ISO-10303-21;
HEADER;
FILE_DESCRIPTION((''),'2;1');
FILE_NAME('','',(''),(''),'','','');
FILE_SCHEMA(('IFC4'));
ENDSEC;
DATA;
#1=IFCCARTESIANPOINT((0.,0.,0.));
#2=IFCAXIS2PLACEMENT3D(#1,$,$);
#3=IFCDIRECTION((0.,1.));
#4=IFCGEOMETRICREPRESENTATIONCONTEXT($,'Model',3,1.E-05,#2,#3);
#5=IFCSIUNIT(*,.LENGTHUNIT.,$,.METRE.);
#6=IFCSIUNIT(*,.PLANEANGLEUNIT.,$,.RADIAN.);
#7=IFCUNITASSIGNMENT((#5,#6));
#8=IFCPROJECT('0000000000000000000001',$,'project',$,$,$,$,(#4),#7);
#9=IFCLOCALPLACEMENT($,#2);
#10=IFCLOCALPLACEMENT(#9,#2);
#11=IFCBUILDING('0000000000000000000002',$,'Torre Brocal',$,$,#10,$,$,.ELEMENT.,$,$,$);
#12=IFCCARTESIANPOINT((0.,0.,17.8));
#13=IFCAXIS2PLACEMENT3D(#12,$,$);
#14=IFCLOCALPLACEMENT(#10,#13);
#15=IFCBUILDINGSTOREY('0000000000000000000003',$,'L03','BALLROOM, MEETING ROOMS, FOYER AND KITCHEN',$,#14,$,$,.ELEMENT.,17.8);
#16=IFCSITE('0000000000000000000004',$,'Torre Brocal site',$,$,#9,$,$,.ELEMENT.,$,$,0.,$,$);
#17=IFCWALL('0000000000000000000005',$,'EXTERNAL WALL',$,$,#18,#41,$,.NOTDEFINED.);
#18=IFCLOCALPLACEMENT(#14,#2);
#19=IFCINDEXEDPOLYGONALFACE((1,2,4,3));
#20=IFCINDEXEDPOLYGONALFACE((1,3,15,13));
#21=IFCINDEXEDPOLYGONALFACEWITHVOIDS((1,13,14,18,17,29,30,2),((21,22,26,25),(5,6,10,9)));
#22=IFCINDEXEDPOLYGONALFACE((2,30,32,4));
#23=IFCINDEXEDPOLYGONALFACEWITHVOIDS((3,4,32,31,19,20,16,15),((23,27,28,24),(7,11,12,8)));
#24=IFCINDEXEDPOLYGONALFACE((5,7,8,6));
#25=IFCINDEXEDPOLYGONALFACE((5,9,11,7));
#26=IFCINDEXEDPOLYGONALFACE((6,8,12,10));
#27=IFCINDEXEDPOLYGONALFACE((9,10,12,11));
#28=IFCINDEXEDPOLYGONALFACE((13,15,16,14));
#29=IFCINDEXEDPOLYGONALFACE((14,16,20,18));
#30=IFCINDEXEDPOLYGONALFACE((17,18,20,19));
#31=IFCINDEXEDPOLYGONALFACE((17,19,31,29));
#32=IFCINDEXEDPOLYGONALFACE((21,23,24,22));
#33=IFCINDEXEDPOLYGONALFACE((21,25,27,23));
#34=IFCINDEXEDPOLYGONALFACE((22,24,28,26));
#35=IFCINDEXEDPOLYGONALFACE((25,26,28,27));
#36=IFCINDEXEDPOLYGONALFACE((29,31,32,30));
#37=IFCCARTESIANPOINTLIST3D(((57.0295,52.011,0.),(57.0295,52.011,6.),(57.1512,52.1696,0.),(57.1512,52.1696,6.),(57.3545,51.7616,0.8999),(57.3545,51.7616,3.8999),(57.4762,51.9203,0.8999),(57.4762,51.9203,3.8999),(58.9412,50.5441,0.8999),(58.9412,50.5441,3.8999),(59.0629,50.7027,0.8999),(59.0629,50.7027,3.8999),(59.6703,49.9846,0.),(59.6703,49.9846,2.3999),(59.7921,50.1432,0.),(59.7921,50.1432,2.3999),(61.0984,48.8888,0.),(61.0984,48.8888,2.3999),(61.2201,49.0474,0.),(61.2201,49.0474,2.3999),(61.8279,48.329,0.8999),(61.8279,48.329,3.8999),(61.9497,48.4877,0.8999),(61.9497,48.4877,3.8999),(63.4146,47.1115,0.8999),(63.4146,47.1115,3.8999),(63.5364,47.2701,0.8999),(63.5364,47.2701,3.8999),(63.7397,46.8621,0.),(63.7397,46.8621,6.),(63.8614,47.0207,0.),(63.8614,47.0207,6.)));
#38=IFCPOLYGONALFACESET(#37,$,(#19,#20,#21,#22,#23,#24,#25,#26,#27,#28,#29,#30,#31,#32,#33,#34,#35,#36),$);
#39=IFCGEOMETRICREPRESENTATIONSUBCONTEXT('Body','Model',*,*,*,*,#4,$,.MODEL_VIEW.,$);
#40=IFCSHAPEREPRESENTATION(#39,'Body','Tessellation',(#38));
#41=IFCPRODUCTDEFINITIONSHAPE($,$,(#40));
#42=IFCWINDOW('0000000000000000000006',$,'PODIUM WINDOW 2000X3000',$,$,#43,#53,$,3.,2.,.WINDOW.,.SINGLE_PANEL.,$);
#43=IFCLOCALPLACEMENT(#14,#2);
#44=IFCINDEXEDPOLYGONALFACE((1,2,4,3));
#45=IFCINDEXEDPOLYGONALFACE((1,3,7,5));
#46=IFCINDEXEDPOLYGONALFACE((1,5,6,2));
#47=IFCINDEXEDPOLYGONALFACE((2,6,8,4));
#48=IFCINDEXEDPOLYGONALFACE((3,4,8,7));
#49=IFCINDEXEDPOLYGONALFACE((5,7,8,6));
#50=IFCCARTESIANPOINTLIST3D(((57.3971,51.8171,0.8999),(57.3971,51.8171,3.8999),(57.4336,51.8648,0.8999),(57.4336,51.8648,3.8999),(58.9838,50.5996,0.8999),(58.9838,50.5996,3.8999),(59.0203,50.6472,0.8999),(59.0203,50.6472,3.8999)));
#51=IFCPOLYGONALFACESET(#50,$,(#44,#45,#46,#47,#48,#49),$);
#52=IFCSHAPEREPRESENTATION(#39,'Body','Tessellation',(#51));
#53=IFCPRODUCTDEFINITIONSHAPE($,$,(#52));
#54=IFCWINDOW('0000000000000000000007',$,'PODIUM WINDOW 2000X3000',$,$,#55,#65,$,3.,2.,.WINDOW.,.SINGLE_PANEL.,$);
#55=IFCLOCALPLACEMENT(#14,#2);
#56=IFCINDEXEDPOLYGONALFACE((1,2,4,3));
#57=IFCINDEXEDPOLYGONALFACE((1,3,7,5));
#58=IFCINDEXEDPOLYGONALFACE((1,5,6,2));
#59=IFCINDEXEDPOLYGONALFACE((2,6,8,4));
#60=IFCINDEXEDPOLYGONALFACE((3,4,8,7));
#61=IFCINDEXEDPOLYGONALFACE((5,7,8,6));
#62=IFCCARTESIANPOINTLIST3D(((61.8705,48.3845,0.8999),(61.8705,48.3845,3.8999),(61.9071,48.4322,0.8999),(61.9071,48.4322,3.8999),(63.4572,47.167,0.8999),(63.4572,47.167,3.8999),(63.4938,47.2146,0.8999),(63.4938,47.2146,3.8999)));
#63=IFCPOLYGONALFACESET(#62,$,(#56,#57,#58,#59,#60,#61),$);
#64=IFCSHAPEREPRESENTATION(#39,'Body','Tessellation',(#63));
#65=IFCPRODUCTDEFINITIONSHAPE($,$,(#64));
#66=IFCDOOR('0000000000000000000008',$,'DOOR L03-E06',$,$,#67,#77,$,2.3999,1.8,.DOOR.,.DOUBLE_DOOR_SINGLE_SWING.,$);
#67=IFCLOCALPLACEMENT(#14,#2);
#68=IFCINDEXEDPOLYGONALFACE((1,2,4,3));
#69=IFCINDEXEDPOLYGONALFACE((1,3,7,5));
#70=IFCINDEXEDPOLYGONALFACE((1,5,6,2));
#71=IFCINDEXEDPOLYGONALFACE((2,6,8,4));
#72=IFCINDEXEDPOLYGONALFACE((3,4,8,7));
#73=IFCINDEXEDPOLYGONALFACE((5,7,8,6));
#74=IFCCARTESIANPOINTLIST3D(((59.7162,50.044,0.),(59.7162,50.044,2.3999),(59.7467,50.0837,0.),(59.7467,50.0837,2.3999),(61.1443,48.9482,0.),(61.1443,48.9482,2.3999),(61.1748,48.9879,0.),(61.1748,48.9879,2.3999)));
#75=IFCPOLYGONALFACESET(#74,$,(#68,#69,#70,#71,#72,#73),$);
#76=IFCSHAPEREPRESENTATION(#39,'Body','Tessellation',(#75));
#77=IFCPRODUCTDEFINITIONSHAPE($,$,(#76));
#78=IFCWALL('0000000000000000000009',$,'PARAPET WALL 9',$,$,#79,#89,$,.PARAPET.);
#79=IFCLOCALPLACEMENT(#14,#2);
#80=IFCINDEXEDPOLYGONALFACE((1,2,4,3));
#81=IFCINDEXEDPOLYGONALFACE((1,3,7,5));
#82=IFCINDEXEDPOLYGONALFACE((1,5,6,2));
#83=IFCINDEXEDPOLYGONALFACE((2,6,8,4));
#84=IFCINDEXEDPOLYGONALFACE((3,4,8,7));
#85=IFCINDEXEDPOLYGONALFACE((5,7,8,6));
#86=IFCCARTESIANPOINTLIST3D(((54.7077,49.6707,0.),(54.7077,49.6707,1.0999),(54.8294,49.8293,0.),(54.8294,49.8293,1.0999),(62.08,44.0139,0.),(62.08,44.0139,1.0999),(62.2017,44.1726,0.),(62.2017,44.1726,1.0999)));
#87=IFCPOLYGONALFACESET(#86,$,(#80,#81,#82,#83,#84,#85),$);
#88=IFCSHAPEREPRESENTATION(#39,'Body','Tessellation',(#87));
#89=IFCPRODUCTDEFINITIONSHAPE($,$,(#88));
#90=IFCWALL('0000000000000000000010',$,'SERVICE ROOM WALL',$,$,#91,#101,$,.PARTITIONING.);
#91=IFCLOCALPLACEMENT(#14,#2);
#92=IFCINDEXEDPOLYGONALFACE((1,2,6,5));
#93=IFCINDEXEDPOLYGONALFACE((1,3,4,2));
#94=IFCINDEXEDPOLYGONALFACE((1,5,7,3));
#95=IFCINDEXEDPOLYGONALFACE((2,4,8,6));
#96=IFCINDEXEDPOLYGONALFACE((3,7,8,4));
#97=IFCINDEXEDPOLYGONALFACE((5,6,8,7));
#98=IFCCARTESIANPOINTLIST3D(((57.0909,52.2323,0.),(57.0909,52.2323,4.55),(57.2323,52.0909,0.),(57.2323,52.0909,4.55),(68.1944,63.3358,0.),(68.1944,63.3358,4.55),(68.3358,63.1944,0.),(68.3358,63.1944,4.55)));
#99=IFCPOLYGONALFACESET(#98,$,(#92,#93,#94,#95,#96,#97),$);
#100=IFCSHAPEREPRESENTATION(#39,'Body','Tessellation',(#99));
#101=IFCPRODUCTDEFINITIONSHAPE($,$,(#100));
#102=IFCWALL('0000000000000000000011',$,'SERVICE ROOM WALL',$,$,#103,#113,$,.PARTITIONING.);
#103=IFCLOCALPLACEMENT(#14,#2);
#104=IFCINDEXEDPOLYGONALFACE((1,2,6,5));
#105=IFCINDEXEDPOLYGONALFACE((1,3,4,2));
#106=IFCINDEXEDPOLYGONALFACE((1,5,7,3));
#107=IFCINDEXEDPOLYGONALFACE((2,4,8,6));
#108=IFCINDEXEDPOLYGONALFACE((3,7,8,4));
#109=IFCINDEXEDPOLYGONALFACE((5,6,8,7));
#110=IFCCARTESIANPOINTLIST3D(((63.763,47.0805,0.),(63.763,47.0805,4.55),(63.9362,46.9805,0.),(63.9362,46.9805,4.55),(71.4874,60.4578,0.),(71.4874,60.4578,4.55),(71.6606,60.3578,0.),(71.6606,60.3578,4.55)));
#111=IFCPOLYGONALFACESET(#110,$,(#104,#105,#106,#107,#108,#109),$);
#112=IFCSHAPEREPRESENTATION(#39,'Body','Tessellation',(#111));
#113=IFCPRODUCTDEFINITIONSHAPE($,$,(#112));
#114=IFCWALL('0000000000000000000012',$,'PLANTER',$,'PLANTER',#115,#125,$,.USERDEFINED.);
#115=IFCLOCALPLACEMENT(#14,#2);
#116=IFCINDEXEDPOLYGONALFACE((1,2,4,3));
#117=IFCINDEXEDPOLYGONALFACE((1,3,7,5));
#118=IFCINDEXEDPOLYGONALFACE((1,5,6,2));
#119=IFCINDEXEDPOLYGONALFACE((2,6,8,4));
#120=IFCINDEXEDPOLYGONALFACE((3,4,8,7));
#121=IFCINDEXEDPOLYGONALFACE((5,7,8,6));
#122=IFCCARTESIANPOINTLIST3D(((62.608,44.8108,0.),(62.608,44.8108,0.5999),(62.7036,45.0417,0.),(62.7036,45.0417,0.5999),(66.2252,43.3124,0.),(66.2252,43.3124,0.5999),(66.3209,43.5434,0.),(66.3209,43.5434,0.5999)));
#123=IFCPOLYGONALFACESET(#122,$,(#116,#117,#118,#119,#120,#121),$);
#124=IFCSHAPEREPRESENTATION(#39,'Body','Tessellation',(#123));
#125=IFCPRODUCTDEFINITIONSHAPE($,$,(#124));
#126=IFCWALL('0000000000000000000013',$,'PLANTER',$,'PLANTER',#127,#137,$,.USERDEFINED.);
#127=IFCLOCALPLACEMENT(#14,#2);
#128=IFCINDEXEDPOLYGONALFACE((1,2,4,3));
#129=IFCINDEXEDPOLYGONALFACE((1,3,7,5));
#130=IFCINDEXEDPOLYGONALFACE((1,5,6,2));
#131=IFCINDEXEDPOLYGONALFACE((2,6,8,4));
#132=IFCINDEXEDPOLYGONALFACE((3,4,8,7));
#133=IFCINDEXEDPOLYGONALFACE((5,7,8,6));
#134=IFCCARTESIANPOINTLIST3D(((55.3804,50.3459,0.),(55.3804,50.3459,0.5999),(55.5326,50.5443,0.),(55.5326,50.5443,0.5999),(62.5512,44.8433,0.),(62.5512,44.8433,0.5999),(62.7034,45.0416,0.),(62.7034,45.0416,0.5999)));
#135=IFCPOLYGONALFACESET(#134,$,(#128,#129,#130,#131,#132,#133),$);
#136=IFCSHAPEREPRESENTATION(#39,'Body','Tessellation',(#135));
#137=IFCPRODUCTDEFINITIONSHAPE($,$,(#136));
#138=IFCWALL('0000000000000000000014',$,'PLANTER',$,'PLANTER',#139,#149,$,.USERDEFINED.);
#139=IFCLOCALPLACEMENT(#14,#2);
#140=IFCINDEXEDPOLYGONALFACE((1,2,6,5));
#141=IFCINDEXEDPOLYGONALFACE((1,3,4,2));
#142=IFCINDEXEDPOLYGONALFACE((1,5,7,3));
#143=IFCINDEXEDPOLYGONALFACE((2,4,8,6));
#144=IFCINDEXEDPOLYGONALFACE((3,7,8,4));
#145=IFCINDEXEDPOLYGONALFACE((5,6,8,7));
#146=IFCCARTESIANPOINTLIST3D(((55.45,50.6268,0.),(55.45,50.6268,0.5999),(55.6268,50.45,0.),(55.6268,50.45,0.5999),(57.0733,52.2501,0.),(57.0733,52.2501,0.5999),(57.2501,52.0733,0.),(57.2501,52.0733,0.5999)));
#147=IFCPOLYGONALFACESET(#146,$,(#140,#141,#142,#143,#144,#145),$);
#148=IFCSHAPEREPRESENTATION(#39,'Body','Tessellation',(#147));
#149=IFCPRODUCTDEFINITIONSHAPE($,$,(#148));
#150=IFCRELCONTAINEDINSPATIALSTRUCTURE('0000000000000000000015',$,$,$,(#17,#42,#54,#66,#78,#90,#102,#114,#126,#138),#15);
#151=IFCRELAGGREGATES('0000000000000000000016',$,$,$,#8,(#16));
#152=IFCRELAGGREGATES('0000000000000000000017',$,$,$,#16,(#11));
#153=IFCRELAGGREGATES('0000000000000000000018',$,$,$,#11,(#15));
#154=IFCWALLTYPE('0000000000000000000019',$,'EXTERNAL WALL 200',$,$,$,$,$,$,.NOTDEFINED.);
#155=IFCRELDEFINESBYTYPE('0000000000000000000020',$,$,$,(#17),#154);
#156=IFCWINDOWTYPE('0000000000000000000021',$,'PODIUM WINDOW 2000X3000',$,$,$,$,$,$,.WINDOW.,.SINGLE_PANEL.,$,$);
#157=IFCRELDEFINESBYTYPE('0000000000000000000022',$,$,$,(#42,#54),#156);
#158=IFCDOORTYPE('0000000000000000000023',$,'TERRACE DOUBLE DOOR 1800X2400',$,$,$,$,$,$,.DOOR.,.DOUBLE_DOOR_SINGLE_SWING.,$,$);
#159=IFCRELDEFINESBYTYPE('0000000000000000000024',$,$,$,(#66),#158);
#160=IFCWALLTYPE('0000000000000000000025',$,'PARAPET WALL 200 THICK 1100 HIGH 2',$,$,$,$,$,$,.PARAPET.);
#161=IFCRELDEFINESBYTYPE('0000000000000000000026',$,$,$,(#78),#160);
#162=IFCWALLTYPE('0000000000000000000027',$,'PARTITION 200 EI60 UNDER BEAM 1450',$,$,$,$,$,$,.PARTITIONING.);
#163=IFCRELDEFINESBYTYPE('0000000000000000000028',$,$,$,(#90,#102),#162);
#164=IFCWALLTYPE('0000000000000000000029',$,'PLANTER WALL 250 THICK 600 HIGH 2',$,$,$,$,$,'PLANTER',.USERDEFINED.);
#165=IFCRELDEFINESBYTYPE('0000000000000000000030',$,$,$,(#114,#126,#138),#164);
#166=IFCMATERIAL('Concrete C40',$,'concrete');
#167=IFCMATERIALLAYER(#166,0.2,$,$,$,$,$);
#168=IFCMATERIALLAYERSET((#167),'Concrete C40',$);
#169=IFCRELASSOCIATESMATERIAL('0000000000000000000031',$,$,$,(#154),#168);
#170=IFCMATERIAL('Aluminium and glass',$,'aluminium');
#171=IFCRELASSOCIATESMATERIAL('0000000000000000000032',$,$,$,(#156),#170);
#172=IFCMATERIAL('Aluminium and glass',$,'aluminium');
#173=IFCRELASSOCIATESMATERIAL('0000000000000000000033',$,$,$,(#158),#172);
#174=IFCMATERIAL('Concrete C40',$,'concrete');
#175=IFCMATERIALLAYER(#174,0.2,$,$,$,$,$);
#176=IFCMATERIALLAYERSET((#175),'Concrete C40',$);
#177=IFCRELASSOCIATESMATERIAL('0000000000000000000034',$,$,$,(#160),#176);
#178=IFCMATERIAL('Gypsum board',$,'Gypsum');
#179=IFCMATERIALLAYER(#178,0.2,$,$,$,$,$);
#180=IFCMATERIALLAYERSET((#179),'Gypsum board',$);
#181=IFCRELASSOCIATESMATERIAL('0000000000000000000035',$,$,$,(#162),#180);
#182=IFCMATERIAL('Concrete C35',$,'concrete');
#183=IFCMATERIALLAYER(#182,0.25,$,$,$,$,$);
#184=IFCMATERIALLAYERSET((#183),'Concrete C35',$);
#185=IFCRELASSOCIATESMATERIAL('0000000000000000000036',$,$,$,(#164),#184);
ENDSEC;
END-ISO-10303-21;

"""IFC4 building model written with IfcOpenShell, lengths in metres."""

from ifc_helpers import new_model, si_unit, direction, frame, frame_2d, origin, place, context, subcontext, project, spatial, rectangle, extrude, material, layer, layer_set, type_object, element, fill, save


model = new_model("IFC4")

# Units and contexts
model_context = context("Model", 3, precision=1e-05, world=origin(), true_north=direction((0.0, 1.0)))
body_context = subcontext(model_context, "Body", "Model", "MODEL_VIEW")
ifc_project = project(units=[si_unit("LENGTHUNIT", "METRE"), si_unit("PLANEANGLEUNIT", "RADIAN")], contexts=[model_context])

# Site, building, storey
site_placement = place(None, origin())
site = spatial("IfcSite", under=ifc_project, at=site_placement, Name="Torre Brocal site", CompositionType="ELEMENT", RefElevation=0.0)
building_placement = place(site_placement, origin())
building = spatial("IfcBuilding", under=site, at=building_placement, Name="Torre Brocal", CompositionType="ELEMENT")
storey_placement = place(building_placement, frame((0.0, 0.0, 17.8)))
storey = spatial("IfcBuildingStorey", under=building, at=storey_placement, Name="L03", Description="BALLROOM, MEETING ROOMS, FOYER AND KITCHEN", CompositionType="ELEMENT", Elevation=17.8)

# Wall, openings, windows, door
ifc_material_1 = material(Name="Concrete C40", Category="concrete")
ifc_layer_1 = layer(ifc_material_1, 0.2)
ifc_layer_set_1 = layer_set([ifc_layer_1], Name="Concrete C40")
wall_type_1 = type_object("IfcWallType", Name="EXTERNAL WALL 200", PredefinedType="NOTDEFINED", material=ifc_layer_set_1)
wall_1_placement = place(storey_placement, frame((57.0903, 52.0903, 0.0), z_axis=(0.0, 0.0, 1.0), x_axis=(0.793353, -0.608762, 0.0)))
wall_1 = element("IfcWall", 1, at=wall_1_placement, inside=storey, type_object=wall_type_1, Name="EXTERNAL WALL", PredefinedType="NOTDEFINED", context=body_context, shape_type="SweptSolid", body=[
    extrude(rectangle(XDim=8.458, YDim=0.2, at=frame_2d((4.229, 0.0))), origin(), (0.0, 0.0, 1.0), 6.0),
])
opening_1_placement = place(wall_1_placement, frame((0.4097, 0.0, 0.8999)))
opening_1 = element("IfcOpeningElement", 2, at=opening_1_placement, cuts=wall_1, PredefinedType="OPENING", context=body_context, shape_type="SweptSolid", body=[
    extrude(rectangle(XDim=2.0, YDim=3.0, at=frame_2d((1.0, 1.5))), frame((0.0, 0.1099, 0.0), z_axis=(0.0, -1.0, 0.0), x_axis=(1.0, 0.0, 0.0)), (0.0, 0.0, 1.0), 0.22),
])
opening_2_placement = place(wall_1_placement, frame((3.3289, 0.0, 0.0)))
opening_2 = element("IfcOpeningElement", 3, at=opening_2_placement, cuts=wall_1, PredefinedType="OPENING", context=body_context, shape_type="SweptSolid", body=[
    extrude(rectangle(XDim=1.8, YDim=2.3999, at=frame_2d((0.8999, 1.2))), frame((0.0, 0.1099, 0.0), z_axis=(0.0, -1.0, 0.0), x_axis=(1.0, 0.0, 0.0)), (0.0, 0.0, 1.0), 0.22),
])
opening_3_placement = place(wall_1_placement, frame((6.0483, 0.0, 0.8999)))
opening_3 = element("IfcOpeningElement", 4, at=opening_3_placement, cuts=wall_1, PredefinedType="OPENING", context=body_context, shape_type="SweptSolid", body=[
    extrude(rectangle(XDim=2.0, YDim=3.0, at=frame_2d((1.0, 1.5))), frame((0.0, 0.1099, 0.0), z_axis=(0.0, -1.0, 0.0), x_axis=(1.0, 0.0, 0.0)), (0.0, 0.0, 1.0), 0.22),
])
ifc_material_2 = material(Name="Aluminium and glass", Category="aluminium")
window_type = type_object("IfcWindowType", Name="PODIUM WINDOW 2000X3000", PartitioningType="SINGLE_PANEL", PredefinedType="WINDOW", material=ifc_material_2)
window_1_placement = place(opening_1_placement, origin())
window_1 = element("IfcWindow", 5, at=window_1_placement, inside=storey, type_object=window_type, Name="PODIUM WINDOW 2000X3000", OverallHeight=3.0, OverallWidth=2.0, PartitioningType="SINGLE_PANEL", PredefinedType="WINDOW", context=body_context, shape_type="SweptSolid", body=[
    extrude(rectangle(XDim=2.0, YDim=3.0, at=frame_2d((1.0, 1.5))), frame((0.0, 0.03, 0.0), z_axis=(0.0, -1.0, 0.0), x_axis=(1.0, 0.0, 0.0)), (0.0, 0.0, 1.0), 0.0601),
])
fill(opening_1, window_1)
window_2_placement = place(opening_3_placement, origin())
window_2 = element("IfcWindow", 6, at=window_2_placement, inside=storey, type_object=window_type, Name="PODIUM WINDOW 2000X3000", OverallHeight=3.0, OverallWidth=2.0, PartitioningType="SINGLE_PANEL", PredefinedType="WINDOW", context=body_context, shape_type="SweptSolid", body=[
    extrude(rectangle(XDim=2.0, YDim=3.0, at=frame_2d((1.0, 1.5))), frame((0.0, 0.03, 0.0), z_axis=(0.0, -1.0, 0.0), x_axis=(1.0, 0.0, 0.0)), (0.0, 0.0, 1.0), 0.0601),
])
fill(opening_3, window_2)
ifc_material_3 = material(Name="Aluminium and glass", Category="aluminium")
door_type = type_object("IfcDoorType", Name="TERRACE DOUBLE DOOR 1800X2400", OperationType="DOUBLE_DOOR_SINGLE_SWING", PredefinedType="DOOR", material=ifc_material_3)
door_placement = place(opening_2_placement, frame((1.8, 0.0, 0.0), z_axis=(0.0, 0.0, 1.0), x_axis=(-1.0, 0.0, 0.0)))
door = element("IfcDoor", 7, at=door_placement, inside=storey, type_object=door_type, Name="DOOR L03-E06", OperationType="DOUBLE_DOOR_SINGLE_SWING", OverallHeight=2.3999, OverallWidth=1.8, PredefinedType="DOOR", context=body_context, shape_type="SweptSolid", body=[
    extrude(rectangle(XDim=1.8, YDim=2.3999, at=frame_2d((0.8999, 1.2))), frame((0.0, 0.0249, 0.0), z_axis=(0.0, -1.0, 0.0), x_axis=(1.0, 0.0, 0.0)), (0.0, 0.0, 1.0), 0.05),
])
fill(opening_2, door)

# Walls
ifc_material_4 = material(Name="Concrete C40", Category="concrete")
ifc_layer_2 = layer(ifc_material_4, 0.2)
ifc_layer_set_2 = layer_set([ifc_layer_2], Name="Concrete C40")
wall_type_2 = type_object("IfcWallType", Name="PARAPET WALL 200 THICK 1100 HIGH 2", PredefinedType="PARAPET", material=ifc_layer_set_2)
wall_2_placement = place(storey_placement, frame((62.1409, 44.0933, 0.0), z_axis=(0.0, 0.0, 1.0), x_axis=(-0.793366, 0.608745, 0.0)))
element("IfcWall", 8, at=wall_2_placement, inside=storey, type_object=wall_type_2, Name="PARAPET WALL 9", PredefinedType="PARAPET", context=body_context, shape_type="SweptSolid", body=[
    extrude(rectangle(XDim=9.2925, YDim=0.2, at=frame_2d((4.6462, 0.0))), origin(), (0.0, 0.0, 1.0), 1.0999),
])
ifc_material_5 = material(Name="Gypsum board", Category="Gypsum")
ifc_layer_3 = layer(ifc_material_5, 0.2)
ifc_layer_set_3 = layer_set([ifc_layer_3], Name="Gypsum board")
wall_type_3 = type_object("IfcWallType", Name="PARTITION 200 EI60 UNDER BEAM 1450", PredefinedType="PARTITIONING", material=ifc_layer_set_3)
wall_3_placement = place(storey_placement, frame((57.1616, 52.1616, 0.0), z_axis=(0.0, 0.0, 1.0), x_axis=(0.707107, 0.707107, 0.0)))
element("IfcWall", 9, at=wall_3_placement, inside=storey, type_object=wall_type_3, Name="SERVICE ROOM WALL", PredefinedType="PARTITIONING", context=body_context, shape_type="SweptSolid", body=[
    extrude(rectangle(XDim=15.7026, YDim=0.2, at=frame_2d((7.8513, 0.0))), origin(), (0.0, 0.0, 1.0), 4.55),
])
wall_4_placement = place(storey_placement, frame((63.8496, 47.0305, 0.0), z_axis=(0.0, 0.0, 1.0), x_axis=(0.50005, 0.865996, 0.0)))
element("IfcWall", 10, at=wall_4_placement, inside=storey, type_object=wall_type_3, Name="SERVICE ROOM WALL", PredefinedType="PARTITIONING", context=body_context, shape_type="SweptSolid", body=[
    extrude(rectangle(XDim=15.4473, YDim=0.2, at=frame_2d((7.7236, 0.0))), origin(), (0.0, 0.0, 1.0), 4.55),
])
ifc_material_6 = material(Name="Concrete C35", Category="concrete")
ifc_layer_4 = layer(ifc_material_6, 0.25)
ifc_layer_set_4 = layer_set([ifc_layer_4], Name="Concrete C35")
wall_type_4 = type_object("IfcWallType", Name="PLANTER WALL 250 THICK 600 HIGH 2", ElementType="PLANTER", PredefinedType="USERDEFINED", material=ifc_layer_set_4)
wall_5_placement = place(storey_placement, frame((66.2729, 43.428, 0.0), z_axis=(0.0, 0.0, 1.0), x_axis=(-0.923879, 0.382684, 0.0)))
element("IfcWall", 11, at=wall_5_placement, inside=storey, type_object=wall_type_4, Name="PLANTER", ObjectType="PLANTER", PredefinedType="USERDEFINED", context=body_context, shape_type="SweptSolid", body=[
    extrude(rectangle(XDim=3.9153, YDim=0.25, at=frame_2d((1.9575, 0.0))), origin(), (0.0, 0.0, 1.0), 0.5999),
])
wall_6_placement = place(storey_placement, frame((62.6274, 44.9424, 0.0), z_axis=(0.0, 0.0, 1.0), x_axis=(-0.793339, 0.60878, 0.0)))
element("IfcWall", 12, at=wall_6_placement, inside=storey, type_object=wall_type_4, Name="PLANTER", ObjectType="PLANTER", PredefinedType="USERDEFINED", context=body_context, shape_type="SweptSolid", body=[
    extrude(rectangle(XDim=9.0388, YDim=0.25, at=frame_2d((4.5195, 0.0))), origin(), (0.0, 0.0, 1.0), 0.5999),
])
wall_7_placement = place(storey_placement, frame((55.5383, 50.5383, 0.0), z_axis=(0.0, 0.0, 1.0), x_axis=(0.707107, 0.707107, 0.0)))
element("IfcWall", 13, at=wall_7_placement, inside=storey, type_object=wall_type_4, Name="PLANTER", ObjectType="PLANTER", PredefinedType="USERDEFINED", context=body_context, shape_type="SweptSolid", body=[
    extrude(rectangle(XDim=2.2957, YDim=0.25, at=frame_2d((1.1479, 0.0))), origin(), (0.0, 0.0, 1.0), 0.5999),
])

save(model, "model.ifc")
